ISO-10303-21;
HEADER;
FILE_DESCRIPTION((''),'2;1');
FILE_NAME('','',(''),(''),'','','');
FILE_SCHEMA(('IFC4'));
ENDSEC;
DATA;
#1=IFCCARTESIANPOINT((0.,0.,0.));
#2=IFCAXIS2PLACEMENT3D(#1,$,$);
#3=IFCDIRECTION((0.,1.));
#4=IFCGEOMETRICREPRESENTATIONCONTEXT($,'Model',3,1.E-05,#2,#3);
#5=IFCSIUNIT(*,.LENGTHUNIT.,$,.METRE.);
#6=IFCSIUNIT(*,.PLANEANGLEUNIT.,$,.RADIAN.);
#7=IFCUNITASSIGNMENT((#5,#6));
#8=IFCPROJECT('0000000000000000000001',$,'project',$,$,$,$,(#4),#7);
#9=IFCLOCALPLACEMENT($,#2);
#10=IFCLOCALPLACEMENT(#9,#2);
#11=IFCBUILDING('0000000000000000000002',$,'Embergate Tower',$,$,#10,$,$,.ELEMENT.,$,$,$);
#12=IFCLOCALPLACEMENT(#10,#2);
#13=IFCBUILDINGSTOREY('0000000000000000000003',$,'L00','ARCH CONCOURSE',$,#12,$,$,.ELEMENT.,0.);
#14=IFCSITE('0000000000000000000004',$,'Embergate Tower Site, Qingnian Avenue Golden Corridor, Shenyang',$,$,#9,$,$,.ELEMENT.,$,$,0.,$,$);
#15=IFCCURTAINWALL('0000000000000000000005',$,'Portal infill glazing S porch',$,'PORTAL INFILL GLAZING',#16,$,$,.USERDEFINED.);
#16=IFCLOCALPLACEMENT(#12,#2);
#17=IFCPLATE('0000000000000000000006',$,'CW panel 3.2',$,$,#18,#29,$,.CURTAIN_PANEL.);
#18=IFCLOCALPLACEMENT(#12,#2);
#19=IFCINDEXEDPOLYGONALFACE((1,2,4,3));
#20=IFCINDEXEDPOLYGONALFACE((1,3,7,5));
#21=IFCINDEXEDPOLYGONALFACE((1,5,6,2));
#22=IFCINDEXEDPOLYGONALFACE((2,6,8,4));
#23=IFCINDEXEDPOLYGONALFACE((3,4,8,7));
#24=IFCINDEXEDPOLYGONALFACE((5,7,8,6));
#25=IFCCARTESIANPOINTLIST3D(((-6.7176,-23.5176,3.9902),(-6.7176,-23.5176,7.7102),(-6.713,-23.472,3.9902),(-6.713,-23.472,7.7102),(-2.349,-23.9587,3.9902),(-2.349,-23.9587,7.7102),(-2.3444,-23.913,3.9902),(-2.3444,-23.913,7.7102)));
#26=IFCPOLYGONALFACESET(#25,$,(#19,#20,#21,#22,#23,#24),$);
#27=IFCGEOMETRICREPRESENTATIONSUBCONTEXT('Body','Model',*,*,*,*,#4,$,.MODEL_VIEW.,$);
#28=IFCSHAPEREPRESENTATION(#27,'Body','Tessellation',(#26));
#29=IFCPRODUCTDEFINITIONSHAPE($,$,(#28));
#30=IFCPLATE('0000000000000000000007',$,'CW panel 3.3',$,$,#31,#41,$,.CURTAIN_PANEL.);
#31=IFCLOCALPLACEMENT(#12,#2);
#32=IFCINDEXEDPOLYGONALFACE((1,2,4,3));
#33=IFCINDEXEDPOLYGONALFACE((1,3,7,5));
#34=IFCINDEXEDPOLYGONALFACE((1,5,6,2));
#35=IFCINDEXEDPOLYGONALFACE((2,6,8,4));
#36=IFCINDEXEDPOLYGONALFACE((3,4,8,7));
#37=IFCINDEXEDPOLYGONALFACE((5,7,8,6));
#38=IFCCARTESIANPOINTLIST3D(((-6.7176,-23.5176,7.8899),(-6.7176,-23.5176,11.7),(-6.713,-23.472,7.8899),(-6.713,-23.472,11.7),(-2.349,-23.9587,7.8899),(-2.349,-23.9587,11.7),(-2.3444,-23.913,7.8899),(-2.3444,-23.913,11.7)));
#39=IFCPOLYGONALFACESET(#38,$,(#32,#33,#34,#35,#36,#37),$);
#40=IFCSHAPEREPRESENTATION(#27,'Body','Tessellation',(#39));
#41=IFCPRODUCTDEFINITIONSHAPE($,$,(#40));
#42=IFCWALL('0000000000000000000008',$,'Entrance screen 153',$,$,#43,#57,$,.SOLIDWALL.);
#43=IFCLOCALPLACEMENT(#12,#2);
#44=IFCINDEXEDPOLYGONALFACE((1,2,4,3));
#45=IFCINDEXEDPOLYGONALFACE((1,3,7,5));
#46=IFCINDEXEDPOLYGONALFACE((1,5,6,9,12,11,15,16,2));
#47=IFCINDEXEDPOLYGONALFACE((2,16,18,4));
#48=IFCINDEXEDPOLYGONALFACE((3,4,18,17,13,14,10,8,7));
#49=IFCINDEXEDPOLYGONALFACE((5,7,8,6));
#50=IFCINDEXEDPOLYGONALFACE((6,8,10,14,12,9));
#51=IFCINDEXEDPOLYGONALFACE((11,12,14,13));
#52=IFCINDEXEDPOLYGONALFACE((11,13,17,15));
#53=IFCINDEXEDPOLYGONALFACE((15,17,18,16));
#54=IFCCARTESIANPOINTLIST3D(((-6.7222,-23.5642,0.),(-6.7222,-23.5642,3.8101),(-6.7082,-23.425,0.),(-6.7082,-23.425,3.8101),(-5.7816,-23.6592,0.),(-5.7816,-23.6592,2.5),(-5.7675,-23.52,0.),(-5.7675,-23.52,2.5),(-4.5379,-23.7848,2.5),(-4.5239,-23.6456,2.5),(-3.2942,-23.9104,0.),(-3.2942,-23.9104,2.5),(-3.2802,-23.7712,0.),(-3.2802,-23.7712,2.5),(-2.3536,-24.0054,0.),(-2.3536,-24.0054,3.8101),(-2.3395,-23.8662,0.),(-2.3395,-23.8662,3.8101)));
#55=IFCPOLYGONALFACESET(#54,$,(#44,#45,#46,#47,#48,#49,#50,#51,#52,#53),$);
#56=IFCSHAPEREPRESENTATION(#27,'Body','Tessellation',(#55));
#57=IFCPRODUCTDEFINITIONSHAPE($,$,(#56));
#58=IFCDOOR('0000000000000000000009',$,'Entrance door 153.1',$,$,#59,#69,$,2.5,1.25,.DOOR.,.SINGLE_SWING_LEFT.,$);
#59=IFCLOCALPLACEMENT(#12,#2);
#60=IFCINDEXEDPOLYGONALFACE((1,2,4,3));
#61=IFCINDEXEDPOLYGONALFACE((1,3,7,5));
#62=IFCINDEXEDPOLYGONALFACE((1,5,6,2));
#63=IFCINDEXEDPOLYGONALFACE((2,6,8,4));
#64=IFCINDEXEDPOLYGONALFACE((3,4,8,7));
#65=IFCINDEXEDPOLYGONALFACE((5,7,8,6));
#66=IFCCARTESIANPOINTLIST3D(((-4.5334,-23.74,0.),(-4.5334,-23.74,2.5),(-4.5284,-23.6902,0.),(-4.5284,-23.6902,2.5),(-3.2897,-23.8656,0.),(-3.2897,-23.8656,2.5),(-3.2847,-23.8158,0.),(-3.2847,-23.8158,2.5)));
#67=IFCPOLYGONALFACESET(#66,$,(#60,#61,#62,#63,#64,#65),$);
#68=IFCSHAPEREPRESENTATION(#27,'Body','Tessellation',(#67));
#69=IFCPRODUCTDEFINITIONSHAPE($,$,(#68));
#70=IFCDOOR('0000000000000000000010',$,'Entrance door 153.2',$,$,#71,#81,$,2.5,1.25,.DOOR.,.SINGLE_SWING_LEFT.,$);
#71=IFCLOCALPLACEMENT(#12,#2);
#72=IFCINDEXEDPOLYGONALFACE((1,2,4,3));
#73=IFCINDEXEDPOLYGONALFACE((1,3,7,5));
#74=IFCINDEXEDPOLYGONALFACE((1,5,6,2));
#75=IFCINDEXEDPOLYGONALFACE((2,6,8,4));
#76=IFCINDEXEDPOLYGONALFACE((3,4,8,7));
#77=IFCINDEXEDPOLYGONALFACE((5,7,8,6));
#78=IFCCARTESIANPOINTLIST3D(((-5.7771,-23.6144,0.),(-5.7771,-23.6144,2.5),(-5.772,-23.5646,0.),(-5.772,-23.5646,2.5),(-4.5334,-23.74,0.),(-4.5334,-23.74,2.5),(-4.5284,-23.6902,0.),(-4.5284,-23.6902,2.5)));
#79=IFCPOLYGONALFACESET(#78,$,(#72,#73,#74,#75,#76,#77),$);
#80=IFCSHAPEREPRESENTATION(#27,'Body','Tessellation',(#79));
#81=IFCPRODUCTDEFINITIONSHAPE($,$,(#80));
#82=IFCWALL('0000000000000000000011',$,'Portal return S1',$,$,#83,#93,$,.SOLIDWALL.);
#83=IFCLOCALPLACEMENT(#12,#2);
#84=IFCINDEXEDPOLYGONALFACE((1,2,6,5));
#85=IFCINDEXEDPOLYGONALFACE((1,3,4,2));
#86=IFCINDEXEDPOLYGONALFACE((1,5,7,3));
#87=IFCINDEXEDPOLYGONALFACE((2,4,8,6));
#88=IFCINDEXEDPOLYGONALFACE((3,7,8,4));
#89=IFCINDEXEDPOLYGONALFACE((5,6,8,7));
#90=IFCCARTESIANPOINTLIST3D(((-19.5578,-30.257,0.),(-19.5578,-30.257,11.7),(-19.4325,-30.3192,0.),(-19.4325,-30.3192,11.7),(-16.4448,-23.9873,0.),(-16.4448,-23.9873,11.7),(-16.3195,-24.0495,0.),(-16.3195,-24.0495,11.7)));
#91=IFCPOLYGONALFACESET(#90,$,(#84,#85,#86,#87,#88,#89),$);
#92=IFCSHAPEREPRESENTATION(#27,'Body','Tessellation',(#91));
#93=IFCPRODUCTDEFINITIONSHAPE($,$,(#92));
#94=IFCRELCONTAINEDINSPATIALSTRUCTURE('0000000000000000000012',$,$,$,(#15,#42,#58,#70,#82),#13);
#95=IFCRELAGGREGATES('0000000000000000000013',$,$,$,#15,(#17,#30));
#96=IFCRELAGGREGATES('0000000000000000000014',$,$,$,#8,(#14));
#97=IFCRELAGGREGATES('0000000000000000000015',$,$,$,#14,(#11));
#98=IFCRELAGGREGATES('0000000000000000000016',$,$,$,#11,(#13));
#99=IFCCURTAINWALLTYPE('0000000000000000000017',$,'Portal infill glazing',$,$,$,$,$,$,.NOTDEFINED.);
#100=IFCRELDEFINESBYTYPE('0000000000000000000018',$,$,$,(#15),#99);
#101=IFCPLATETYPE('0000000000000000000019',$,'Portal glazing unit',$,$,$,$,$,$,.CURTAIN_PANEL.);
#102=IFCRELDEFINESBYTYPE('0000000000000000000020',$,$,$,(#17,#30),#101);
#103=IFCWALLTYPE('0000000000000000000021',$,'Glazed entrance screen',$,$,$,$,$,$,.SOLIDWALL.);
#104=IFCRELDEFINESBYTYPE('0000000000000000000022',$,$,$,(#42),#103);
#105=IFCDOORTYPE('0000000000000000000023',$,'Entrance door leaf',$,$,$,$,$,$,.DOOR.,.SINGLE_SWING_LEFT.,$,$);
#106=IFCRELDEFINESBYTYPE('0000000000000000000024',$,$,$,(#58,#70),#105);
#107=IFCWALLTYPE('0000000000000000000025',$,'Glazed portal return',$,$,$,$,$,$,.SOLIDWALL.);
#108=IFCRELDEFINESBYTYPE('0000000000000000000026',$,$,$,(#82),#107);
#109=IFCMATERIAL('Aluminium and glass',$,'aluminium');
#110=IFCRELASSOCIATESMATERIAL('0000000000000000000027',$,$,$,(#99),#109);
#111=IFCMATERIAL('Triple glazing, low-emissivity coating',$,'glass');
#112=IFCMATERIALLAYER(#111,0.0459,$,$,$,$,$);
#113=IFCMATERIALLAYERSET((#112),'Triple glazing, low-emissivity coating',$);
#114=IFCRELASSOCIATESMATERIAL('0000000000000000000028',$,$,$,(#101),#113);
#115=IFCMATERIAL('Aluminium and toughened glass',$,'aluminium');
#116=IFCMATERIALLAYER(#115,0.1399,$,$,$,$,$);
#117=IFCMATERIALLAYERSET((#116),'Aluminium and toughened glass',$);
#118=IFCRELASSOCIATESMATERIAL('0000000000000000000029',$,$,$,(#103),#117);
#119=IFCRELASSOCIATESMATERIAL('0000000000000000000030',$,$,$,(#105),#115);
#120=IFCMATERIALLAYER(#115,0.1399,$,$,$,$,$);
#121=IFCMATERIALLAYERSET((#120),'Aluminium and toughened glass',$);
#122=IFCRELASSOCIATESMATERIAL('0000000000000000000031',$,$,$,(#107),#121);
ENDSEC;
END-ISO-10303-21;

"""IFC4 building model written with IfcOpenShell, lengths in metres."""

from ifc_helpers import new_model, si_unit, direction, frame, frame_2d, origin, origin_2d, place, context, subcontext, project, spatial, rectangle, extrude, source, transform, mapped, material, layer, layer_set, type_object, element, fill, aggregate, save


model = new_model("IFC4")

# Units and contexts
model_context = context("Model", 3, precision=1e-05, world=origin(), true_north=direction((0.0, 1.0)))
body_context = subcontext(model_context, "Body", "Model", "MODEL_VIEW")
ifc_project = project(units=[si_unit("LENGTHUNIT", "METRE"), si_unit("PLANEANGLEUNIT", "RADIAN")], contexts=[model_context])

# Site, building, storey
site_placement = place(None, origin())
site = spatial("IfcSite", under=ifc_project, at=site_placement, Name="Embergate Tower Site, Qingnian Avenue Golden Corridor, Shenyang", CompositionType="ELEMENT", RefElevation=0.0)
building_placement = place(site_placement, origin())
building = spatial("IfcBuilding", under=site, at=building_placement, Name="Embergate Tower", CompositionType="ELEMENT")
storey_placement = place(building_placement, origin())
storey = spatial("IfcBuildingStorey", under=building, at=storey_placement, Name="L00", Description="ARCH CONCOURSE", CompositionType="ELEMENT", Elevation=0.0)

# Curtain wall, plates
ifc_material_1 = material(Name="Aluminium and glass", Category="aluminium")
curtain_wall_type = type_object("IfcCurtainWallType", Name="Portal infill glazing", PredefinedType="NOTDEFINED", material=ifc_material_1)
curtain_wall_placement = place(storey_placement, origin())
curtain_wall = element("IfcCurtainWall", 1, at=curtain_wall_placement, inside=storey, type_object=curtain_wall_type, Name="Portal infill glazing S porch", ObjectType="PORTAL INFILL GLAZING", PredefinedType="USERDEFINED")
ifc_material_2 = material(Name="Triple glazing, low-emissivity coating", Category="glass")
ifc_layer_1 = layer(ifc_material_2, 0.0459)
ifc_layer_set_1 = layer_set([ifc_layer_1], Name="Triple glazing, low-emissivity coating")
plate_type = type_object("IfcPlateType", Name="Portal glazing unit", PredefinedType="CURTAIN_PANEL", material=ifc_layer_set_1)
shared_shape_1 = source(origin(), body_context, "Body", "SweptSolid", [
    extrude(rectangle(XDim=4.3909, YDim=0.0459, at=origin_2d()), origin(), (0.0, 0.0, 1.0), 3.72),
])
plate_1_placement = place(storey_placement, frame((-4.531, -23.7153, 3.9902), z_axis=(0.0, 0.0, 1.0), x_axis=(0.994942, -0.100452, 0.0)))
plate_1 = element("IfcPlate", 2, at=plate_1_placement, type_object=plate_type, Name="CW panel 3.2", PredefinedType="CURTAIN_PANEL", context=body_context, shape_type="MappedRepresentation", body=[
    mapped(shared_shape_1, transform((0.0, 0.0, 0.0))),
])
shared_shape_2 = source(origin(), body_context, "Body", "SweptSolid", [
    extrude(rectangle(XDim=4.3909, YDim=0.0459, at=origin_2d()), origin(), (0.0, 0.0, 1.0), 3.8101),
])
plate_2_placement = place(storey_placement, frame((-4.531, -23.7153, 7.8899), z_axis=(0.0, 0.0, 1.0), x_axis=(0.994942, -0.100452, 0.0)))
plate_2 = element("IfcPlate", 3, at=plate_2_placement, type_object=plate_type, Name="CW panel 3.3", PredefinedType="CURTAIN_PANEL", context=body_context, shape_type="MappedRepresentation", body=[
    mapped(shared_shape_2, transform((0.0, 0.0, 0.0))),
])
aggregate(curtain_wall, [plate_1, plate_2])

# Wall, openings, doors
ifc_material_3 = material(Name="Aluminium and toughened glass", Category="aluminium")
ifc_layer_2 = layer(ifc_material_3, 0.1399)
ifc_layer_set_2 = layer_set([ifc_layer_2], Name="Aluminium and toughened glass")
wall_type_1 = type_object("IfcWallType", Name="Glazed entrance screen", PredefinedType="SOLIDWALL", material=ifc_layer_set_2)
shared_shape_3 = source(origin(), body_context, "Body", "SweptSolid", [
    extrude(rectangle(XDim=4.3909, YDim=0.1399, at=frame_2d((2.1953, 0.0))), origin(), (0.0, 0.0, 1.0), 3.8101),
])
wall_1_placement = place(storey_placement, frame((-2.3467, -23.9358, 0.0), z_axis=(0.0, 0.0, 1.0), x_axis=(-0.99494, 0.100473, 0.0)))
wall_1 = element("IfcWall", 4, at=wall_1_placement, inside=storey, type_object=wall_type_1, Name="Entrance screen 153", PredefinedType="SOLIDWALL", context=body_context, shape_type="MappedRepresentation", body=[
    mapped(shared_shape_3, transform((0.0, 0.0, 0.0))),
])
shared_shape_4 = source(origin(), body_context, "Body", "SweptSolid", [
    extrude(rectangle(XDim=1.25, YDim=2.5, at=frame_2d((0.625, 1.25))), frame((0.0, 0.0798, 0.0), z_axis=(0.0, -1.0, 0.0), x_axis=(1.0, 0.0, 0.0)), (0.0, 0.0, 1.0), 0.1599),
])
opening_1_placement = place(wall_1_placement, frame((0.9453, 0.0, 0.0)))
opening_1 = element("IfcOpeningElement", 5, at=opening_1_placement, cuts=wall_1, PredefinedType="OPENING", context=body_context, shape_type="MappedRepresentation", body=[
    mapped(shared_shape_4, transform((0.0, 0.0, 0.0))),
])
opening_2_placement = place(wall_1_placement, frame((2.1953, 0.0, 0.0)))
opening_2 = element("IfcOpeningElement", 6, at=opening_2_placement, cuts=wall_1, PredefinedType="OPENING", context=body_context, shape_type="MappedRepresentation", body=[
    mapped(shared_shape_4, transform((0.0, 0.0, 0.0))),
])
door_type = type_object("IfcDoorType", Name="Entrance door leaf", OperationType="SINGLE_SWING_LEFT", PredefinedType="DOOR", material=ifc_material_3)
shared_shape_5 = source(origin(), body_context, "Body", "SweptSolid", [
    extrude(rectangle(XDim=1.25, YDim=2.5, at=frame_2d((0.625, 1.25))), frame((0.0, 0.0249, 0.0), z_axis=(0.0, -1.0, 0.0), x_axis=(1.0, 0.0, 0.0)), (0.0, 0.0, 1.0), 0.05),
])
door_1_placement = place(opening_1_placement, origin())
door_1 = element("IfcDoor", 7, at=door_1_placement, inside=storey, type_object=door_type, Name="Entrance door 153.1", OperationType="SINGLE_SWING_LEFT", OverallHeight=2.5, OverallWidth=1.25, PredefinedType="DOOR", context=body_context, shape_type="MappedRepresentation", body=[
    mapped(shared_shape_5, transform((0.0, 0.0, 0.0))),
])
fill(opening_1, door_1)
door_2_placement = place(opening_2_placement, origin())
door_2 = element("IfcDoor", 8, at=door_2_placement, inside=storey, type_object=door_type, Name="Entrance door 153.2", OperationType="SINGLE_SWING_LEFT", OverallHeight=2.5, OverallWidth=1.25, PredefinedType="DOOR", context=body_context, shape_type="MappedRepresentation", body=[
    mapped(shared_shape_5, transform((0.0, 0.0, 0.0))),
])
fill(opening_2, door_2)

# Wall
ifc_layer_3 = layer(ifc_material_3, 0.1399)
ifc_layer_set_3 = layer_set([ifc_layer_3], Name="Aluminium and toughened glass")
wall_type_2 = type_object("IfcWallType", Name="Glazed portal return", PredefinedType="SOLIDWALL", material=ifc_layer_set_3)
shared_shape_6 = source(origin(), body_context, "Body", "SweptSolid", [
    extrude(rectangle(XDim=7.0, YDim=0.1399, at=frame_2d((3.5, 0.0))), origin(), (0.0, 0.0, 1.0), 11.7),
])
wall_2_placement = place(storey_placement, frame((-19.4951, -30.2881, 0.0), z_axis=(0.0, 0.0, 1.0), x_axis=(0.444715, 0.895672, 0.0)))
element("IfcWall", 9, at=wall_2_placement, inside=storey, type_object=wall_type_2, Name="Portal return S1", PredefinedType="SOLIDWALL", context=body_context, shape_type="MappedRepresentation", body=[
    mapped(shared_shape_6, transform((0.0, 0.0, 0.0))),
])

save(model, "model.ifc")
